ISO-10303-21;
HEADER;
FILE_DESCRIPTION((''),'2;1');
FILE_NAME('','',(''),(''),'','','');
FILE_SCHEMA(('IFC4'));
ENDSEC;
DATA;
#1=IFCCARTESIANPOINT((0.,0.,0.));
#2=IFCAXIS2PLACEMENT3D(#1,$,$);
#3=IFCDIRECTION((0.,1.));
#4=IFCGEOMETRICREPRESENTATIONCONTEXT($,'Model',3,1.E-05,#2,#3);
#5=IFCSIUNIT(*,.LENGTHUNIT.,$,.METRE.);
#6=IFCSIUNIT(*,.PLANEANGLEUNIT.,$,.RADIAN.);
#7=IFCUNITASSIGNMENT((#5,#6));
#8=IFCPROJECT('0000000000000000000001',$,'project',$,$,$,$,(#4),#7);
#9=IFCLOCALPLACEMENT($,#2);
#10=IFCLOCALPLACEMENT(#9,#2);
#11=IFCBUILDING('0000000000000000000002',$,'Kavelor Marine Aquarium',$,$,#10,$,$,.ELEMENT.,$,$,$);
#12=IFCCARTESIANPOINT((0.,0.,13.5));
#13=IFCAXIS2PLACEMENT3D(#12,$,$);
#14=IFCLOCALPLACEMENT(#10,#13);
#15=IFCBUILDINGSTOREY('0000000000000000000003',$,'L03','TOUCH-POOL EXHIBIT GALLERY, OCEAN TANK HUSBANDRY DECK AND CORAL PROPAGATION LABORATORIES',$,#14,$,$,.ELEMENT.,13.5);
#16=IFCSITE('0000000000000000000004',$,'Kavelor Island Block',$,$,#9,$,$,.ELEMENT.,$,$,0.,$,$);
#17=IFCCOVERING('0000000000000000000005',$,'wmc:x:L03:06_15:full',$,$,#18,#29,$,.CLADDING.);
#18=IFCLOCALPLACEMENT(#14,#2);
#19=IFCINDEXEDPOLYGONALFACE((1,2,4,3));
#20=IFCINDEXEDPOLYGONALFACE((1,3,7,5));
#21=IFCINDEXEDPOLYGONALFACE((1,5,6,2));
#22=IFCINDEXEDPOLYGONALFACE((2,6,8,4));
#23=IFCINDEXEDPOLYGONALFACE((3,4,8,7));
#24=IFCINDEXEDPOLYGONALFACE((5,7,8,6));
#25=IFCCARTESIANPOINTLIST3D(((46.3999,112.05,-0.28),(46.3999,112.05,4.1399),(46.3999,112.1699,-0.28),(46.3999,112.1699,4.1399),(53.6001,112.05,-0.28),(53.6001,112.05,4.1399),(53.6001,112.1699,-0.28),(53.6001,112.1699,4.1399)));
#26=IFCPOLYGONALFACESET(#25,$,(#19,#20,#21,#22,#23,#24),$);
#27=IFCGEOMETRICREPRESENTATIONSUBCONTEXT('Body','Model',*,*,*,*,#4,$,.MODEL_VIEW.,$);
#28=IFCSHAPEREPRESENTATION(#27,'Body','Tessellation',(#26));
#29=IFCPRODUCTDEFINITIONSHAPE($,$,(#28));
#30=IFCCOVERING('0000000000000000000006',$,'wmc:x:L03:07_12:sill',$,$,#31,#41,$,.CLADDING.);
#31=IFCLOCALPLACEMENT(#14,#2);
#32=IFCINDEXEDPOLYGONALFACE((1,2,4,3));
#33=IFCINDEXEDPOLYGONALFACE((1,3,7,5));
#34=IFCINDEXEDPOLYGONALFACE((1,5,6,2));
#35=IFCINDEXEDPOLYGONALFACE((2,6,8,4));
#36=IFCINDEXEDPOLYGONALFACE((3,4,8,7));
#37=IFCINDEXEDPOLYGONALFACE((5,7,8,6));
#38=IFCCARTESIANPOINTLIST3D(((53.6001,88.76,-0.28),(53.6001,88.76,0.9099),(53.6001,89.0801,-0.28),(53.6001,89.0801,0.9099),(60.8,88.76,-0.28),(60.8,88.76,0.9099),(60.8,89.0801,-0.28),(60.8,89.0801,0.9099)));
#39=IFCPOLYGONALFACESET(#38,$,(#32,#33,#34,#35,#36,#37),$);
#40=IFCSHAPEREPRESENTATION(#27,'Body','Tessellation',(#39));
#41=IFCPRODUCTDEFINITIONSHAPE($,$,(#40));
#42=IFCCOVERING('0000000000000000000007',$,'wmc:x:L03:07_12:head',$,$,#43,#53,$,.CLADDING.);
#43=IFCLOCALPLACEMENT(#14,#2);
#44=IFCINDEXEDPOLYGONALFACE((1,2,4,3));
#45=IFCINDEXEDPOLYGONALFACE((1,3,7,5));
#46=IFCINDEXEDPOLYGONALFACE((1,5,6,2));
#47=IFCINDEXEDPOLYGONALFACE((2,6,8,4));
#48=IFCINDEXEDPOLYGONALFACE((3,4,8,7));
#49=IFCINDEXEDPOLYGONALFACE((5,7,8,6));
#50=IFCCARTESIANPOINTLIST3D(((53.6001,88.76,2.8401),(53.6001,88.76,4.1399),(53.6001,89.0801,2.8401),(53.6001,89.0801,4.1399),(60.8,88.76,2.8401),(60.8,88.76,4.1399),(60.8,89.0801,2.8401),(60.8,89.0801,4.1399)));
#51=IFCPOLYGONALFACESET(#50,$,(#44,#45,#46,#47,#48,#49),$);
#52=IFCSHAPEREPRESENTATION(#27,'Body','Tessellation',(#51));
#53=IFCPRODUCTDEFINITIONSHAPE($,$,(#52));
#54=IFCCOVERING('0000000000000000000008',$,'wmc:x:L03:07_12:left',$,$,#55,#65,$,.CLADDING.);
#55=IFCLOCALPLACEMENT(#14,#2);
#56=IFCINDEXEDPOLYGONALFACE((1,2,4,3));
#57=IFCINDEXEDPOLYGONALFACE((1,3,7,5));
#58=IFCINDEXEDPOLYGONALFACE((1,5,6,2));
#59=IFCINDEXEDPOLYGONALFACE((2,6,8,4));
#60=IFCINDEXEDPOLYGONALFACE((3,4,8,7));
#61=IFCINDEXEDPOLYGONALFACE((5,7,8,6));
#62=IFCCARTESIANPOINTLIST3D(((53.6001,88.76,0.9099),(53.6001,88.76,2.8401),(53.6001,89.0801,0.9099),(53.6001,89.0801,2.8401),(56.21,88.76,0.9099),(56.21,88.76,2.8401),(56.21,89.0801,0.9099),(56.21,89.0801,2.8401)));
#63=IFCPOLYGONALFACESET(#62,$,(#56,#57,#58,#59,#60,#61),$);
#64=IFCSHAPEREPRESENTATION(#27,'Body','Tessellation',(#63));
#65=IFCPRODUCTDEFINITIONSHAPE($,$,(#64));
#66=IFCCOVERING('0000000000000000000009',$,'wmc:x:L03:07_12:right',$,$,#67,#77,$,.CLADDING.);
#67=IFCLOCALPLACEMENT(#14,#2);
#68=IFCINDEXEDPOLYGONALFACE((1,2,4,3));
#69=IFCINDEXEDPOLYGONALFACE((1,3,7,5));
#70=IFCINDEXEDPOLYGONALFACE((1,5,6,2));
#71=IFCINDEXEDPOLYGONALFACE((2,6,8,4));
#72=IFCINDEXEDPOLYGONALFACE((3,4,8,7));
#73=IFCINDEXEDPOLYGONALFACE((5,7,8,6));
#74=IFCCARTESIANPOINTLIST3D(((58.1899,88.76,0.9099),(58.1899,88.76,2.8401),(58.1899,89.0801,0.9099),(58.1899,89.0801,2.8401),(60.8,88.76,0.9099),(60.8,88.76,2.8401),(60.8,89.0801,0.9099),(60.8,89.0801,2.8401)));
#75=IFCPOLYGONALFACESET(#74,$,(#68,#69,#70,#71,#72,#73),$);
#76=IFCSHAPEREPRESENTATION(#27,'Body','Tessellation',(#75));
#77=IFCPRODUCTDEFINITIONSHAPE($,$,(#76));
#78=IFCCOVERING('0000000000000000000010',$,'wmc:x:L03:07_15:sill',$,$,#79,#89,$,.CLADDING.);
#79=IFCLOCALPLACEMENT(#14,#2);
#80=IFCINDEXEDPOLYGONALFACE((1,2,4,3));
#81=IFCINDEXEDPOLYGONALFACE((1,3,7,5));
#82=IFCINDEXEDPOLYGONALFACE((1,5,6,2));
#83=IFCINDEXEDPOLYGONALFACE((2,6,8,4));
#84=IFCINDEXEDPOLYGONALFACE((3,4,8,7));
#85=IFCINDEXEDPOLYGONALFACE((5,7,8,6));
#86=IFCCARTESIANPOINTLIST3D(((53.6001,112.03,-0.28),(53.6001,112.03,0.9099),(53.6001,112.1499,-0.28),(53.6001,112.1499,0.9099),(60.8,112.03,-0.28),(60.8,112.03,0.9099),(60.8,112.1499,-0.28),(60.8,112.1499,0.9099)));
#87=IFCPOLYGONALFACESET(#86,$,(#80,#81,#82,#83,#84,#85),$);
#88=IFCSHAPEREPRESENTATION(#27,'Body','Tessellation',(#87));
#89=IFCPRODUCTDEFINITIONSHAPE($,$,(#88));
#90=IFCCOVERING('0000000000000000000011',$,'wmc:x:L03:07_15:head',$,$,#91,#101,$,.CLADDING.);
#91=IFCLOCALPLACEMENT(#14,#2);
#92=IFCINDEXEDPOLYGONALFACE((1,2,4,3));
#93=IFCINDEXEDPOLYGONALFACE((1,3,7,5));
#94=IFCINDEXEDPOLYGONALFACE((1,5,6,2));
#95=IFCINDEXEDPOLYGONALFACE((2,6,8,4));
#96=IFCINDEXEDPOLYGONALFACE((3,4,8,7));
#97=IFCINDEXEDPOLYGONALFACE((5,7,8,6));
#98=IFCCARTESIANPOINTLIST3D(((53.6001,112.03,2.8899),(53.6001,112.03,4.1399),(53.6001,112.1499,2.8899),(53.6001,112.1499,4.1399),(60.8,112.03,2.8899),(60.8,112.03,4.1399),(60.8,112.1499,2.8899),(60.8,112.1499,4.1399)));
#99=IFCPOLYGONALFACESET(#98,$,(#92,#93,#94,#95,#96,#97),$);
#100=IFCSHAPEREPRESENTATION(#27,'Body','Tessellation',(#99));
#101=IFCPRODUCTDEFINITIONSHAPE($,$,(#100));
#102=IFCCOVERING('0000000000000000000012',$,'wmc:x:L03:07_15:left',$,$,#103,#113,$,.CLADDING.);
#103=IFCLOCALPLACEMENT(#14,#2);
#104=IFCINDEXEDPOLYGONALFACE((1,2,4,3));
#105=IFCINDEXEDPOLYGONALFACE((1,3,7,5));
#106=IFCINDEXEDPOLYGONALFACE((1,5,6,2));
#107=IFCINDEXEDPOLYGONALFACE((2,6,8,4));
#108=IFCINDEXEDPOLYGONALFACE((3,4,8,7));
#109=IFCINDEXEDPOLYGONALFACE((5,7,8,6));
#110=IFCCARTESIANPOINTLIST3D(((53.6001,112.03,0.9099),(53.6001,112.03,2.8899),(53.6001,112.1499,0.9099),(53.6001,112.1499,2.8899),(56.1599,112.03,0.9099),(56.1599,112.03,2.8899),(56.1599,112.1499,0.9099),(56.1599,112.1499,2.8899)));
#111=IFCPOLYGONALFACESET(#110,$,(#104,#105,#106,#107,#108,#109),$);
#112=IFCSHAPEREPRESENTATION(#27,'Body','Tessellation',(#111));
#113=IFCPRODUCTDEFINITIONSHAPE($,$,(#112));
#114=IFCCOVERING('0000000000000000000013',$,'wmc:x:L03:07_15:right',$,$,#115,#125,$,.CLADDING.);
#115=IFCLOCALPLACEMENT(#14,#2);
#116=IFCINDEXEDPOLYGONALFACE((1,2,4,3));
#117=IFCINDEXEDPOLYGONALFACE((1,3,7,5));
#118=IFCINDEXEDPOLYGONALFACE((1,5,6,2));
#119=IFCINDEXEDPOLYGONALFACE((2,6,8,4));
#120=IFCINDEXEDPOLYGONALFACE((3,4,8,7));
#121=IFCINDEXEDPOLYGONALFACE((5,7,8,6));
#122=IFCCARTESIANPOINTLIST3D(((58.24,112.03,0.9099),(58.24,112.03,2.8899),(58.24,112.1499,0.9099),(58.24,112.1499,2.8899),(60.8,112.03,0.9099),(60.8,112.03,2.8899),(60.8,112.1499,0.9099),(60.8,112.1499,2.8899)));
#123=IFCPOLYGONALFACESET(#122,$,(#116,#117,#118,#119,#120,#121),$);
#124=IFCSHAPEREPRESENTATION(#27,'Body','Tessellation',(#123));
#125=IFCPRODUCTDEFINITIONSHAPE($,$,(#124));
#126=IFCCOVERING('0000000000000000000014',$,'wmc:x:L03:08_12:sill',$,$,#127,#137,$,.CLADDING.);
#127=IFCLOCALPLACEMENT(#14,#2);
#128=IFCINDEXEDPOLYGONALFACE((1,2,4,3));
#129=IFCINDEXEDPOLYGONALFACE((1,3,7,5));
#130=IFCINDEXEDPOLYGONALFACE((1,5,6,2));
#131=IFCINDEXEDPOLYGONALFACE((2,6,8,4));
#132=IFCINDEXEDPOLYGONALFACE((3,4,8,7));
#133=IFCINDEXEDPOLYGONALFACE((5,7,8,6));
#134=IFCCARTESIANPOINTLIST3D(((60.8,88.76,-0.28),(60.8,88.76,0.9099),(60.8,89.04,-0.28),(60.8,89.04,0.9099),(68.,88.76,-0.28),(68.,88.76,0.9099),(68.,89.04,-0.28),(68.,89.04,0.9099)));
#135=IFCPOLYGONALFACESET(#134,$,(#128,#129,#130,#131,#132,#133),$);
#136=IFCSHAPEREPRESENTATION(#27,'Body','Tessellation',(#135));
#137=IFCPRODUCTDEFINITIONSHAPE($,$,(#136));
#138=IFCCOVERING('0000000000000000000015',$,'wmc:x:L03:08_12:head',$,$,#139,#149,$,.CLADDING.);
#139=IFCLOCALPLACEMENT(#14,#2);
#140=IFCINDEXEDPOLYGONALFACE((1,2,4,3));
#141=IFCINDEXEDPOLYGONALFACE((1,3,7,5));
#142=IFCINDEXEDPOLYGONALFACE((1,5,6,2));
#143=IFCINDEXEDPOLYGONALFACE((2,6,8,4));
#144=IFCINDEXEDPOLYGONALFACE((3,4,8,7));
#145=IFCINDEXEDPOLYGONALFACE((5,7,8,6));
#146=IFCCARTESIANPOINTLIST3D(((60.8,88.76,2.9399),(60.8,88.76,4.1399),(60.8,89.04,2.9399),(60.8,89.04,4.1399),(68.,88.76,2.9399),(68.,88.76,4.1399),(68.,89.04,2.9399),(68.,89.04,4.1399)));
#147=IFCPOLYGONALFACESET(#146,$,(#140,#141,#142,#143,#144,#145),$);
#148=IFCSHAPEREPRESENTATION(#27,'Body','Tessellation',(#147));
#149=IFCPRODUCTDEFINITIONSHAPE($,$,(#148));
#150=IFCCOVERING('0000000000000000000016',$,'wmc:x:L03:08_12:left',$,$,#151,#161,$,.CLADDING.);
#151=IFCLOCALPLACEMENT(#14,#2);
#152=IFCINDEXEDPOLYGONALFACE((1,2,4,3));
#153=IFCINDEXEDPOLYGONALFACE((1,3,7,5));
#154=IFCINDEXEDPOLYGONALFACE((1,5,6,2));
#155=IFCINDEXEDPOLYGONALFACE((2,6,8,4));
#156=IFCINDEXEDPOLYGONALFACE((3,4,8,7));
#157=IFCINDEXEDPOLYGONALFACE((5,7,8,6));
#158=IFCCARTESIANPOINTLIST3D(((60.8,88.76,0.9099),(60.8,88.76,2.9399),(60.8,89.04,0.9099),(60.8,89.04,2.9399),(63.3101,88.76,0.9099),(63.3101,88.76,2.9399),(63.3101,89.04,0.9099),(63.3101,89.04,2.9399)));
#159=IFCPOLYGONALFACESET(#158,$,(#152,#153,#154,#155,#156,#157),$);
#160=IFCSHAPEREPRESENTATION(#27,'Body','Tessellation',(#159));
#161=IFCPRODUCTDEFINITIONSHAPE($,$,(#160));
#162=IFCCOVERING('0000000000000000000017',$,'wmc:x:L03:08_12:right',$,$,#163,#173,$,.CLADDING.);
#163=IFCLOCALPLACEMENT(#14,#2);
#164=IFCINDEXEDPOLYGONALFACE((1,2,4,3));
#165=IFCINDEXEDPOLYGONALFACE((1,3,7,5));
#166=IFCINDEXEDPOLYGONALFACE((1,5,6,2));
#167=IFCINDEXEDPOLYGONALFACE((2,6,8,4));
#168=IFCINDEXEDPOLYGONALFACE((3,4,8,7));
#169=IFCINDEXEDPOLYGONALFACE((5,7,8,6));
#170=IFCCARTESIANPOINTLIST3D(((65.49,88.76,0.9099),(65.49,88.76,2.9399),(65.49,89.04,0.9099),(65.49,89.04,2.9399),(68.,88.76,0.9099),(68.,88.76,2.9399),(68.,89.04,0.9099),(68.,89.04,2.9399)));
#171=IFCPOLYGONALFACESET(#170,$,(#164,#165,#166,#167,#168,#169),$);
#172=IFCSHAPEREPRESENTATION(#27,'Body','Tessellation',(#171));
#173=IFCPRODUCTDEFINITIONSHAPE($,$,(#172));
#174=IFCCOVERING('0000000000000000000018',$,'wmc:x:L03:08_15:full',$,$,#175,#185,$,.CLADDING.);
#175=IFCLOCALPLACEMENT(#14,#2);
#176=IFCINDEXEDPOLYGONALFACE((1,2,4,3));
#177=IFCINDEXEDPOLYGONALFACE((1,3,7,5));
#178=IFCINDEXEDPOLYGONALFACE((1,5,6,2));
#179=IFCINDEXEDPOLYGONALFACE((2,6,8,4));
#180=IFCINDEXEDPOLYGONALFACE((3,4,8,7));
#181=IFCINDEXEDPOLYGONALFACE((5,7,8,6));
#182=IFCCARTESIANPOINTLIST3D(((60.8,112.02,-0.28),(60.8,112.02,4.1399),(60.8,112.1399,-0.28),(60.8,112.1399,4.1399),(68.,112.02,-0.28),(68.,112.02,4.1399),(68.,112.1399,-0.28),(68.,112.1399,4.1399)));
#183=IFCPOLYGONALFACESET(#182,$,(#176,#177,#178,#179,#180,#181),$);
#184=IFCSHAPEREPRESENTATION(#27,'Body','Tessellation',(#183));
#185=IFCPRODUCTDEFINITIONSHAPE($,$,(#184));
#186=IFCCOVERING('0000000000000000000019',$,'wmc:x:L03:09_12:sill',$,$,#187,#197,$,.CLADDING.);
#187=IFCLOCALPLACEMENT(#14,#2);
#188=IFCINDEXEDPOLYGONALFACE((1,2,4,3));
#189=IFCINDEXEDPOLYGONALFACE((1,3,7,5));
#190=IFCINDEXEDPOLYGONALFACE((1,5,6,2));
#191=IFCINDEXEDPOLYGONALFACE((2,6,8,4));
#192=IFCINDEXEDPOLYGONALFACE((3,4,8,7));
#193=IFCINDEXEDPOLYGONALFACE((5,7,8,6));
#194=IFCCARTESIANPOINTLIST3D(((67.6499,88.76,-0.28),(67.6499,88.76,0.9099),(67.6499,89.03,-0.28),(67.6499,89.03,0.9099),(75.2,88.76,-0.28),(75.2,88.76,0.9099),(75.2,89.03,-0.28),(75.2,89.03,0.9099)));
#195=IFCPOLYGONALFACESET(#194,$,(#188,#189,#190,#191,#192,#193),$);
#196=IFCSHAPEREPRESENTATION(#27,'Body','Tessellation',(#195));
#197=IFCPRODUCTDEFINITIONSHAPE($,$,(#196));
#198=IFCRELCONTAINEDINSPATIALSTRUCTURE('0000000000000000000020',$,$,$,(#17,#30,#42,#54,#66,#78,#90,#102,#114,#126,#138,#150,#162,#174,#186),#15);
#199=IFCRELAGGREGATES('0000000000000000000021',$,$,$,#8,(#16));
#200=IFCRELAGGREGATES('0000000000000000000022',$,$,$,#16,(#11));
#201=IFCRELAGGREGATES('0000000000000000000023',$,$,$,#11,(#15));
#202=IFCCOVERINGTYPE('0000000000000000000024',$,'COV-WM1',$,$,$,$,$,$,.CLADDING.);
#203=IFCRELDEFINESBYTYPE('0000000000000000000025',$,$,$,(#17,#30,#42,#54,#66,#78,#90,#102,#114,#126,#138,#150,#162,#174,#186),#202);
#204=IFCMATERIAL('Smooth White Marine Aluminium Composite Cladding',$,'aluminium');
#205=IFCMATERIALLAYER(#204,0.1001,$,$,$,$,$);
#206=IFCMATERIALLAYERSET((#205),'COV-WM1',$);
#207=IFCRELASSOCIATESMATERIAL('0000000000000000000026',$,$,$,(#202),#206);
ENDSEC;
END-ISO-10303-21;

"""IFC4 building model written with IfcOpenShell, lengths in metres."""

from ifc_helpers import new_model, si_unit, direction, frame, origin, place, context, subcontext, project, spatial, polyline, outline, extrude, material, layer, layer_set, type_object, element, save


model = new_model("IFC4")

# Units and contexts
model_context = context("Model", 3, precision=1e-05, world=origin(), true_north=direction((0.0, 1.0)))
body_context = subcontext(model_context, "Body", "Model", "MODEL_VIEW")
ifc_project = project(units=[si_unit("LENGTHUNIT", "METRE"), si_unit("PLANEANGLEUNIT", "RADIAN")], contexts=[model_context])

# Site, building, storey
site_placement = place(None, origin())
site = spatial("IfcSite", under=ifc_project, at=site_placement, Name="Kavelor Island Block", CompositionType="ELEMENT", RefElevation=0.0)
building_placement = place(site_placement, origin())
building = spatial("IfcBuilding", under=site, at=building_placement, Name="Kavelor Marine Aquarium", CompositionType="ELEMENT")
storey_placement = place(building_placement, frame((0.0, 0.0, 13.5)))
storey = spatial("IfcBuildingStorey", under=building, at=storey_placement, Name="L03", Description="TOUCH-POOL EXHIBIT GALLERY, OCEAN TANK HUSBANDRY DECK AND CORAL PROPAGATION LABORATORIES", CompositionType="ELEMENT", Elevation=13.5)

# Coverings
ifc_material_1 = material(Name="Smooth White Marine Aluminium Composite Cladding", Category="aluminium")
ifc_layer_1 = layer(ifc_material_1, 0.1001)
ifc_layer_set_1 = layer_set([ifc_layer_1], Name="COV-WM1")
covering_type = type_object("IfcCoveringType", Name="COV-WM1", PredefinedType="CLADDING", material=ifc_layer_set_1)
covering_1_placement = place(storey_placement, frame((0.0, 0.0, -0.28)))
element("IfcCovering", 1, at=covering_1_placement, inside=storey, type_object=covering_type, Name="wmc:x:L03:06_15:full", PredefinedType="CLADDING", context=body_context, shape_type="SweptSolid", body=[
    extrude(outline(polyline([(46.3999, 112.05), (53.6001, 112.05), (53.6001, 112.1699), (46.3999, 112.1699), (46.3999, 112.05)])), origin(), (0.0, 0.0, 1.0), 4.4199),
])
covering_2_placement = place(storey_placement, frame((0.0, 0.0, -0.28)))
element("IfcCovering", 2, at=covering_2_placement, inside=storey, type_object=covering_type, Name="wmc:x:L03:07_12:sill", PredefinedType="CLADDING", context=body_context, shape_type="SweptSolid", body=[
    extrude(outline(polyline([(53.6001, 88.76), (60.8, 88.76), (60.8, 89.0801), (53.6001, 89.0801), (53.6001, 88.76)])), origin(), (0.0, 0.0, 1.0), 1.1899),
])
covering_3_placement = place(storey_placement, frame((0.0, 0.0, 2.8401)))
element("IfcCovering", 3, at=covering_3_placement, inside=storey, type_object=covering_type, Name="wmc:x:L03:07_12:head", PredefinedType="CLADDING", context=body_context, shape_type="SweptSolid", body=[
    extrude(outline(polyline([(53.6001, 88.76), (60.8, 88.76), (60.8, 89.0801), (53.6001, 89.0801), (53.6001, 88.76)])), origin(), (0.0, 0.0, 1.0), 1.2998),
])
covering_4_placement = place(storey_placement, frame((0.0, 0.0, 0.9099)))
element("IfcCovering", 4, at=covering_4_placement, inside=storey, type_object=covering_type, Name="wmc:x:L03:07_12:left", PredefinedType="CLADDING", context=body_context, shape_type="SweptSolid", body=[
    extrude(outline(polyline([(53.6001, 88.76), (56.21, 88.76), (56.21, 89.0801), (53.6001, 89.0801), (53.6001, 88.76)])), origin(), (0.0, 0.0, 1.0), 1.9302),
])
covering_5_placement = place(storey_placement, frame((0.0, 0.0, 0.9099)))
element("IfcCovering", 5, at=covering_5_placement, inside=storey, type_object=covering_type, Name="wmc:x:L03:07_12:right", PredefinedType="CLADDING", context=body_context, shape_type="SweptSolid", body=[
    extrude(outline(polyline([(58.1899, 88.76), (60.8, 88.76), (60.8, 89.0801), (58.1899, 89.0801), (58.1899, 88.76)])), origin(), (0.0, 0.0, 1.0), 1.9302),
])
covering_6_placement = place(storey_placement, frame((0.0, 0.0, -0.28)))
element("IfcCovering", 6, at=covering_6_placement, inside=storey, type_object=covering_type, Name="wmc:x:L03:07_15:sill", PredefinedType="CLADDING", context=body_context, shape_type="SweptSolid", body=[
    extrude(outline(polyline([(53.6001, 112.03), (60.8, 112.03), (60.8, 112.1499), (53.6001, 112.1499), (53.6001, 112.03)])), origin(), (0.0, 0.0, 1.0), 1.1899),
])
covering_7_placement = place(storey_placement, frame((0.0, 0.0, 2.8899)))
element("IfcCovering", 7, at=covering_7_placement, inside=storey, type_object=covering_type, Name="wmc:x:L03:07_15:head", PredefinedType="CLADDING", context=body_context, shape_type="SweptSolid", body=[
    extrude(outline(polyline([(53.6001, 112.03), (60.8, 112.03), (60.8, 112.1499), (53.6001, 112.1499), (53.6001, 112.03)])), origin(), (0.0, 0.0, 1.0), 1.25),
])
covering_8_placement = place(storey_placement, frame((0.0, 0.0, 0.9099)))
element("IfcCovering", 8, at=covering_8_placement, inside=storey, type_object=covering_type, Name="wmc:x:L03:07_15:left", PredefinedType="CLADDING", context=body_context, shape_type="SweptSolid", body=[
    extrude(outline(polyline([(53.6001, 112.03), (56.1599, 112.03), (56.1599, 112.1499), (53.6001, 112.1499), (53.6001, 112.03)])), origin(), (0.0, 0.0, 1.0), 1.98),
])
covering_9_placement = place(storey_placement, frame((0.0, 0.0, 0.9099)))
element("IfcCovering", 9, at=covering_9_placement, inside=storey, type_object=covering_type, Name="wmc:x:L03:07_15:right", PredefinedType="CLADDING", context=body_context, shape_type="SweptSolid", body=[
    extrude(outline(polyline([(58.24, 112.03), (60.8, 112.03), (60.8, 112.1499), (58.24, 112.1499), (58.24, 112.03)])), origin(), (0.0, 0.0, 1.0), 1.98),
])
covering_10_placement = place(storey_placement, frame((0.0, 0.0, -0.28)))
element("IfcCovering", 10, at=covering_10_placement, inside=storey, type_object=covering_type, Name="wmc:x:L03:08_12:sill", PredefinedType="CLADDING", context=body_context, shape_type="SweptSolid", body=[
    extrude(outline(polyline([(60.8, 88.76), (68.0, 88.76), (68.0, 89.04), (60.8, 89.04), (60.8, 88.76)])), origin(), (0.0, 0.0, 1.0), 1.1899),
])
covering_11_placement = place(storey_placement, frame((0.0, 0.0, 2.9399)))
element("IfcCovering", 11, at=covering_11_placement, inside=storey, type_object=covering_type, Name="wmc:x:L03:08_12:head", PredefinedType="CLADDING", context=body_context, shape_type="SweptSolid", body=[
    extrude(outline(polyline([(60.8, 88.76), (68.0, 88.76), (68.0, 89.04), (60.8, 89.04), (60.8, 88.76)])), origin(), (0.0, 0.0, 1.0), 1.2),
])
covering_12_placement = place(storey_placement, frame((0.0, 0.0, 0.9099)))
element("IfcCovering", 12, at=covering_12_placement, inside=storey, type_object=covering_type, Name="wmc:x:L03:08_12:left", PredefinedType="CLADDING", context=body_context, shape_type="SweptSolid", body=[
    extrude(outline(polyline([(60.8, 88.76), (63.3101, 88.76), (63.3101, 89.04), (60.8, 89.04), (60.8, 88.76)])), origin(), (0.0, 0.0, 1.0), 2.03),
])
covering_13_placement = place(storey_placement, frame((0.0, 0.0, 0.9099)))
element("IfcCovering", 13, at=covering_13_placement, inside=storey, type_object=covering_type, Name="wmc:x:L03:08_12:right", PredefinedType="CLADDING", context=body_context, shape_type="SweptSolid", body=[
    extrude(outline(polyline([(65.49, 88.76), (68.0, 88.76), (68.0, 89.04), (65.49, 89.04), (65.49, 88.76)])), origin(), (0.0, 0.0, 1.0), 2.03),
])
covering_14_placement = place(storey_placement, frame((0.0, 0.0, -0.28)))
element("IfcCovering", 14, at=covering_14_placement, inside=storey, type_object=covering_type, Name="wmc:x:L03:08_15:full", PredefinedType="CLADDING", context=body_context, shape_type="SweptSolid", body=[
    extrude(outline(polyline([(60.8, 112.02), (68.0, 112.02), (68.0, 112.1399), (60.8, 112.1399), (60.8, 112.02)])), origin(), (0.0, 0.0, 1.0), 4.4199),
])
covering_15_placement = place(storey_placement, frame((0.0, 0.0, -0.28)))
element("IfcCovering", 15, at=covering_15_placement, inside=storey, type_object=covering_type, Name="wmc:x:L03:09_12:sill", PredefinedType="CLADDING", context=body_context, shape_type="SweptSolid", body=[
    extrude(outline(polyline([(67.6499, 88.76), (75.2, 88.76), (75.2, 89.03), (67.6499, 89.03), (67.6499, 88.76)])), origin(), (0.0, 0.0, 1.0), 1.1899),
])

save(model, "model.ifc")
